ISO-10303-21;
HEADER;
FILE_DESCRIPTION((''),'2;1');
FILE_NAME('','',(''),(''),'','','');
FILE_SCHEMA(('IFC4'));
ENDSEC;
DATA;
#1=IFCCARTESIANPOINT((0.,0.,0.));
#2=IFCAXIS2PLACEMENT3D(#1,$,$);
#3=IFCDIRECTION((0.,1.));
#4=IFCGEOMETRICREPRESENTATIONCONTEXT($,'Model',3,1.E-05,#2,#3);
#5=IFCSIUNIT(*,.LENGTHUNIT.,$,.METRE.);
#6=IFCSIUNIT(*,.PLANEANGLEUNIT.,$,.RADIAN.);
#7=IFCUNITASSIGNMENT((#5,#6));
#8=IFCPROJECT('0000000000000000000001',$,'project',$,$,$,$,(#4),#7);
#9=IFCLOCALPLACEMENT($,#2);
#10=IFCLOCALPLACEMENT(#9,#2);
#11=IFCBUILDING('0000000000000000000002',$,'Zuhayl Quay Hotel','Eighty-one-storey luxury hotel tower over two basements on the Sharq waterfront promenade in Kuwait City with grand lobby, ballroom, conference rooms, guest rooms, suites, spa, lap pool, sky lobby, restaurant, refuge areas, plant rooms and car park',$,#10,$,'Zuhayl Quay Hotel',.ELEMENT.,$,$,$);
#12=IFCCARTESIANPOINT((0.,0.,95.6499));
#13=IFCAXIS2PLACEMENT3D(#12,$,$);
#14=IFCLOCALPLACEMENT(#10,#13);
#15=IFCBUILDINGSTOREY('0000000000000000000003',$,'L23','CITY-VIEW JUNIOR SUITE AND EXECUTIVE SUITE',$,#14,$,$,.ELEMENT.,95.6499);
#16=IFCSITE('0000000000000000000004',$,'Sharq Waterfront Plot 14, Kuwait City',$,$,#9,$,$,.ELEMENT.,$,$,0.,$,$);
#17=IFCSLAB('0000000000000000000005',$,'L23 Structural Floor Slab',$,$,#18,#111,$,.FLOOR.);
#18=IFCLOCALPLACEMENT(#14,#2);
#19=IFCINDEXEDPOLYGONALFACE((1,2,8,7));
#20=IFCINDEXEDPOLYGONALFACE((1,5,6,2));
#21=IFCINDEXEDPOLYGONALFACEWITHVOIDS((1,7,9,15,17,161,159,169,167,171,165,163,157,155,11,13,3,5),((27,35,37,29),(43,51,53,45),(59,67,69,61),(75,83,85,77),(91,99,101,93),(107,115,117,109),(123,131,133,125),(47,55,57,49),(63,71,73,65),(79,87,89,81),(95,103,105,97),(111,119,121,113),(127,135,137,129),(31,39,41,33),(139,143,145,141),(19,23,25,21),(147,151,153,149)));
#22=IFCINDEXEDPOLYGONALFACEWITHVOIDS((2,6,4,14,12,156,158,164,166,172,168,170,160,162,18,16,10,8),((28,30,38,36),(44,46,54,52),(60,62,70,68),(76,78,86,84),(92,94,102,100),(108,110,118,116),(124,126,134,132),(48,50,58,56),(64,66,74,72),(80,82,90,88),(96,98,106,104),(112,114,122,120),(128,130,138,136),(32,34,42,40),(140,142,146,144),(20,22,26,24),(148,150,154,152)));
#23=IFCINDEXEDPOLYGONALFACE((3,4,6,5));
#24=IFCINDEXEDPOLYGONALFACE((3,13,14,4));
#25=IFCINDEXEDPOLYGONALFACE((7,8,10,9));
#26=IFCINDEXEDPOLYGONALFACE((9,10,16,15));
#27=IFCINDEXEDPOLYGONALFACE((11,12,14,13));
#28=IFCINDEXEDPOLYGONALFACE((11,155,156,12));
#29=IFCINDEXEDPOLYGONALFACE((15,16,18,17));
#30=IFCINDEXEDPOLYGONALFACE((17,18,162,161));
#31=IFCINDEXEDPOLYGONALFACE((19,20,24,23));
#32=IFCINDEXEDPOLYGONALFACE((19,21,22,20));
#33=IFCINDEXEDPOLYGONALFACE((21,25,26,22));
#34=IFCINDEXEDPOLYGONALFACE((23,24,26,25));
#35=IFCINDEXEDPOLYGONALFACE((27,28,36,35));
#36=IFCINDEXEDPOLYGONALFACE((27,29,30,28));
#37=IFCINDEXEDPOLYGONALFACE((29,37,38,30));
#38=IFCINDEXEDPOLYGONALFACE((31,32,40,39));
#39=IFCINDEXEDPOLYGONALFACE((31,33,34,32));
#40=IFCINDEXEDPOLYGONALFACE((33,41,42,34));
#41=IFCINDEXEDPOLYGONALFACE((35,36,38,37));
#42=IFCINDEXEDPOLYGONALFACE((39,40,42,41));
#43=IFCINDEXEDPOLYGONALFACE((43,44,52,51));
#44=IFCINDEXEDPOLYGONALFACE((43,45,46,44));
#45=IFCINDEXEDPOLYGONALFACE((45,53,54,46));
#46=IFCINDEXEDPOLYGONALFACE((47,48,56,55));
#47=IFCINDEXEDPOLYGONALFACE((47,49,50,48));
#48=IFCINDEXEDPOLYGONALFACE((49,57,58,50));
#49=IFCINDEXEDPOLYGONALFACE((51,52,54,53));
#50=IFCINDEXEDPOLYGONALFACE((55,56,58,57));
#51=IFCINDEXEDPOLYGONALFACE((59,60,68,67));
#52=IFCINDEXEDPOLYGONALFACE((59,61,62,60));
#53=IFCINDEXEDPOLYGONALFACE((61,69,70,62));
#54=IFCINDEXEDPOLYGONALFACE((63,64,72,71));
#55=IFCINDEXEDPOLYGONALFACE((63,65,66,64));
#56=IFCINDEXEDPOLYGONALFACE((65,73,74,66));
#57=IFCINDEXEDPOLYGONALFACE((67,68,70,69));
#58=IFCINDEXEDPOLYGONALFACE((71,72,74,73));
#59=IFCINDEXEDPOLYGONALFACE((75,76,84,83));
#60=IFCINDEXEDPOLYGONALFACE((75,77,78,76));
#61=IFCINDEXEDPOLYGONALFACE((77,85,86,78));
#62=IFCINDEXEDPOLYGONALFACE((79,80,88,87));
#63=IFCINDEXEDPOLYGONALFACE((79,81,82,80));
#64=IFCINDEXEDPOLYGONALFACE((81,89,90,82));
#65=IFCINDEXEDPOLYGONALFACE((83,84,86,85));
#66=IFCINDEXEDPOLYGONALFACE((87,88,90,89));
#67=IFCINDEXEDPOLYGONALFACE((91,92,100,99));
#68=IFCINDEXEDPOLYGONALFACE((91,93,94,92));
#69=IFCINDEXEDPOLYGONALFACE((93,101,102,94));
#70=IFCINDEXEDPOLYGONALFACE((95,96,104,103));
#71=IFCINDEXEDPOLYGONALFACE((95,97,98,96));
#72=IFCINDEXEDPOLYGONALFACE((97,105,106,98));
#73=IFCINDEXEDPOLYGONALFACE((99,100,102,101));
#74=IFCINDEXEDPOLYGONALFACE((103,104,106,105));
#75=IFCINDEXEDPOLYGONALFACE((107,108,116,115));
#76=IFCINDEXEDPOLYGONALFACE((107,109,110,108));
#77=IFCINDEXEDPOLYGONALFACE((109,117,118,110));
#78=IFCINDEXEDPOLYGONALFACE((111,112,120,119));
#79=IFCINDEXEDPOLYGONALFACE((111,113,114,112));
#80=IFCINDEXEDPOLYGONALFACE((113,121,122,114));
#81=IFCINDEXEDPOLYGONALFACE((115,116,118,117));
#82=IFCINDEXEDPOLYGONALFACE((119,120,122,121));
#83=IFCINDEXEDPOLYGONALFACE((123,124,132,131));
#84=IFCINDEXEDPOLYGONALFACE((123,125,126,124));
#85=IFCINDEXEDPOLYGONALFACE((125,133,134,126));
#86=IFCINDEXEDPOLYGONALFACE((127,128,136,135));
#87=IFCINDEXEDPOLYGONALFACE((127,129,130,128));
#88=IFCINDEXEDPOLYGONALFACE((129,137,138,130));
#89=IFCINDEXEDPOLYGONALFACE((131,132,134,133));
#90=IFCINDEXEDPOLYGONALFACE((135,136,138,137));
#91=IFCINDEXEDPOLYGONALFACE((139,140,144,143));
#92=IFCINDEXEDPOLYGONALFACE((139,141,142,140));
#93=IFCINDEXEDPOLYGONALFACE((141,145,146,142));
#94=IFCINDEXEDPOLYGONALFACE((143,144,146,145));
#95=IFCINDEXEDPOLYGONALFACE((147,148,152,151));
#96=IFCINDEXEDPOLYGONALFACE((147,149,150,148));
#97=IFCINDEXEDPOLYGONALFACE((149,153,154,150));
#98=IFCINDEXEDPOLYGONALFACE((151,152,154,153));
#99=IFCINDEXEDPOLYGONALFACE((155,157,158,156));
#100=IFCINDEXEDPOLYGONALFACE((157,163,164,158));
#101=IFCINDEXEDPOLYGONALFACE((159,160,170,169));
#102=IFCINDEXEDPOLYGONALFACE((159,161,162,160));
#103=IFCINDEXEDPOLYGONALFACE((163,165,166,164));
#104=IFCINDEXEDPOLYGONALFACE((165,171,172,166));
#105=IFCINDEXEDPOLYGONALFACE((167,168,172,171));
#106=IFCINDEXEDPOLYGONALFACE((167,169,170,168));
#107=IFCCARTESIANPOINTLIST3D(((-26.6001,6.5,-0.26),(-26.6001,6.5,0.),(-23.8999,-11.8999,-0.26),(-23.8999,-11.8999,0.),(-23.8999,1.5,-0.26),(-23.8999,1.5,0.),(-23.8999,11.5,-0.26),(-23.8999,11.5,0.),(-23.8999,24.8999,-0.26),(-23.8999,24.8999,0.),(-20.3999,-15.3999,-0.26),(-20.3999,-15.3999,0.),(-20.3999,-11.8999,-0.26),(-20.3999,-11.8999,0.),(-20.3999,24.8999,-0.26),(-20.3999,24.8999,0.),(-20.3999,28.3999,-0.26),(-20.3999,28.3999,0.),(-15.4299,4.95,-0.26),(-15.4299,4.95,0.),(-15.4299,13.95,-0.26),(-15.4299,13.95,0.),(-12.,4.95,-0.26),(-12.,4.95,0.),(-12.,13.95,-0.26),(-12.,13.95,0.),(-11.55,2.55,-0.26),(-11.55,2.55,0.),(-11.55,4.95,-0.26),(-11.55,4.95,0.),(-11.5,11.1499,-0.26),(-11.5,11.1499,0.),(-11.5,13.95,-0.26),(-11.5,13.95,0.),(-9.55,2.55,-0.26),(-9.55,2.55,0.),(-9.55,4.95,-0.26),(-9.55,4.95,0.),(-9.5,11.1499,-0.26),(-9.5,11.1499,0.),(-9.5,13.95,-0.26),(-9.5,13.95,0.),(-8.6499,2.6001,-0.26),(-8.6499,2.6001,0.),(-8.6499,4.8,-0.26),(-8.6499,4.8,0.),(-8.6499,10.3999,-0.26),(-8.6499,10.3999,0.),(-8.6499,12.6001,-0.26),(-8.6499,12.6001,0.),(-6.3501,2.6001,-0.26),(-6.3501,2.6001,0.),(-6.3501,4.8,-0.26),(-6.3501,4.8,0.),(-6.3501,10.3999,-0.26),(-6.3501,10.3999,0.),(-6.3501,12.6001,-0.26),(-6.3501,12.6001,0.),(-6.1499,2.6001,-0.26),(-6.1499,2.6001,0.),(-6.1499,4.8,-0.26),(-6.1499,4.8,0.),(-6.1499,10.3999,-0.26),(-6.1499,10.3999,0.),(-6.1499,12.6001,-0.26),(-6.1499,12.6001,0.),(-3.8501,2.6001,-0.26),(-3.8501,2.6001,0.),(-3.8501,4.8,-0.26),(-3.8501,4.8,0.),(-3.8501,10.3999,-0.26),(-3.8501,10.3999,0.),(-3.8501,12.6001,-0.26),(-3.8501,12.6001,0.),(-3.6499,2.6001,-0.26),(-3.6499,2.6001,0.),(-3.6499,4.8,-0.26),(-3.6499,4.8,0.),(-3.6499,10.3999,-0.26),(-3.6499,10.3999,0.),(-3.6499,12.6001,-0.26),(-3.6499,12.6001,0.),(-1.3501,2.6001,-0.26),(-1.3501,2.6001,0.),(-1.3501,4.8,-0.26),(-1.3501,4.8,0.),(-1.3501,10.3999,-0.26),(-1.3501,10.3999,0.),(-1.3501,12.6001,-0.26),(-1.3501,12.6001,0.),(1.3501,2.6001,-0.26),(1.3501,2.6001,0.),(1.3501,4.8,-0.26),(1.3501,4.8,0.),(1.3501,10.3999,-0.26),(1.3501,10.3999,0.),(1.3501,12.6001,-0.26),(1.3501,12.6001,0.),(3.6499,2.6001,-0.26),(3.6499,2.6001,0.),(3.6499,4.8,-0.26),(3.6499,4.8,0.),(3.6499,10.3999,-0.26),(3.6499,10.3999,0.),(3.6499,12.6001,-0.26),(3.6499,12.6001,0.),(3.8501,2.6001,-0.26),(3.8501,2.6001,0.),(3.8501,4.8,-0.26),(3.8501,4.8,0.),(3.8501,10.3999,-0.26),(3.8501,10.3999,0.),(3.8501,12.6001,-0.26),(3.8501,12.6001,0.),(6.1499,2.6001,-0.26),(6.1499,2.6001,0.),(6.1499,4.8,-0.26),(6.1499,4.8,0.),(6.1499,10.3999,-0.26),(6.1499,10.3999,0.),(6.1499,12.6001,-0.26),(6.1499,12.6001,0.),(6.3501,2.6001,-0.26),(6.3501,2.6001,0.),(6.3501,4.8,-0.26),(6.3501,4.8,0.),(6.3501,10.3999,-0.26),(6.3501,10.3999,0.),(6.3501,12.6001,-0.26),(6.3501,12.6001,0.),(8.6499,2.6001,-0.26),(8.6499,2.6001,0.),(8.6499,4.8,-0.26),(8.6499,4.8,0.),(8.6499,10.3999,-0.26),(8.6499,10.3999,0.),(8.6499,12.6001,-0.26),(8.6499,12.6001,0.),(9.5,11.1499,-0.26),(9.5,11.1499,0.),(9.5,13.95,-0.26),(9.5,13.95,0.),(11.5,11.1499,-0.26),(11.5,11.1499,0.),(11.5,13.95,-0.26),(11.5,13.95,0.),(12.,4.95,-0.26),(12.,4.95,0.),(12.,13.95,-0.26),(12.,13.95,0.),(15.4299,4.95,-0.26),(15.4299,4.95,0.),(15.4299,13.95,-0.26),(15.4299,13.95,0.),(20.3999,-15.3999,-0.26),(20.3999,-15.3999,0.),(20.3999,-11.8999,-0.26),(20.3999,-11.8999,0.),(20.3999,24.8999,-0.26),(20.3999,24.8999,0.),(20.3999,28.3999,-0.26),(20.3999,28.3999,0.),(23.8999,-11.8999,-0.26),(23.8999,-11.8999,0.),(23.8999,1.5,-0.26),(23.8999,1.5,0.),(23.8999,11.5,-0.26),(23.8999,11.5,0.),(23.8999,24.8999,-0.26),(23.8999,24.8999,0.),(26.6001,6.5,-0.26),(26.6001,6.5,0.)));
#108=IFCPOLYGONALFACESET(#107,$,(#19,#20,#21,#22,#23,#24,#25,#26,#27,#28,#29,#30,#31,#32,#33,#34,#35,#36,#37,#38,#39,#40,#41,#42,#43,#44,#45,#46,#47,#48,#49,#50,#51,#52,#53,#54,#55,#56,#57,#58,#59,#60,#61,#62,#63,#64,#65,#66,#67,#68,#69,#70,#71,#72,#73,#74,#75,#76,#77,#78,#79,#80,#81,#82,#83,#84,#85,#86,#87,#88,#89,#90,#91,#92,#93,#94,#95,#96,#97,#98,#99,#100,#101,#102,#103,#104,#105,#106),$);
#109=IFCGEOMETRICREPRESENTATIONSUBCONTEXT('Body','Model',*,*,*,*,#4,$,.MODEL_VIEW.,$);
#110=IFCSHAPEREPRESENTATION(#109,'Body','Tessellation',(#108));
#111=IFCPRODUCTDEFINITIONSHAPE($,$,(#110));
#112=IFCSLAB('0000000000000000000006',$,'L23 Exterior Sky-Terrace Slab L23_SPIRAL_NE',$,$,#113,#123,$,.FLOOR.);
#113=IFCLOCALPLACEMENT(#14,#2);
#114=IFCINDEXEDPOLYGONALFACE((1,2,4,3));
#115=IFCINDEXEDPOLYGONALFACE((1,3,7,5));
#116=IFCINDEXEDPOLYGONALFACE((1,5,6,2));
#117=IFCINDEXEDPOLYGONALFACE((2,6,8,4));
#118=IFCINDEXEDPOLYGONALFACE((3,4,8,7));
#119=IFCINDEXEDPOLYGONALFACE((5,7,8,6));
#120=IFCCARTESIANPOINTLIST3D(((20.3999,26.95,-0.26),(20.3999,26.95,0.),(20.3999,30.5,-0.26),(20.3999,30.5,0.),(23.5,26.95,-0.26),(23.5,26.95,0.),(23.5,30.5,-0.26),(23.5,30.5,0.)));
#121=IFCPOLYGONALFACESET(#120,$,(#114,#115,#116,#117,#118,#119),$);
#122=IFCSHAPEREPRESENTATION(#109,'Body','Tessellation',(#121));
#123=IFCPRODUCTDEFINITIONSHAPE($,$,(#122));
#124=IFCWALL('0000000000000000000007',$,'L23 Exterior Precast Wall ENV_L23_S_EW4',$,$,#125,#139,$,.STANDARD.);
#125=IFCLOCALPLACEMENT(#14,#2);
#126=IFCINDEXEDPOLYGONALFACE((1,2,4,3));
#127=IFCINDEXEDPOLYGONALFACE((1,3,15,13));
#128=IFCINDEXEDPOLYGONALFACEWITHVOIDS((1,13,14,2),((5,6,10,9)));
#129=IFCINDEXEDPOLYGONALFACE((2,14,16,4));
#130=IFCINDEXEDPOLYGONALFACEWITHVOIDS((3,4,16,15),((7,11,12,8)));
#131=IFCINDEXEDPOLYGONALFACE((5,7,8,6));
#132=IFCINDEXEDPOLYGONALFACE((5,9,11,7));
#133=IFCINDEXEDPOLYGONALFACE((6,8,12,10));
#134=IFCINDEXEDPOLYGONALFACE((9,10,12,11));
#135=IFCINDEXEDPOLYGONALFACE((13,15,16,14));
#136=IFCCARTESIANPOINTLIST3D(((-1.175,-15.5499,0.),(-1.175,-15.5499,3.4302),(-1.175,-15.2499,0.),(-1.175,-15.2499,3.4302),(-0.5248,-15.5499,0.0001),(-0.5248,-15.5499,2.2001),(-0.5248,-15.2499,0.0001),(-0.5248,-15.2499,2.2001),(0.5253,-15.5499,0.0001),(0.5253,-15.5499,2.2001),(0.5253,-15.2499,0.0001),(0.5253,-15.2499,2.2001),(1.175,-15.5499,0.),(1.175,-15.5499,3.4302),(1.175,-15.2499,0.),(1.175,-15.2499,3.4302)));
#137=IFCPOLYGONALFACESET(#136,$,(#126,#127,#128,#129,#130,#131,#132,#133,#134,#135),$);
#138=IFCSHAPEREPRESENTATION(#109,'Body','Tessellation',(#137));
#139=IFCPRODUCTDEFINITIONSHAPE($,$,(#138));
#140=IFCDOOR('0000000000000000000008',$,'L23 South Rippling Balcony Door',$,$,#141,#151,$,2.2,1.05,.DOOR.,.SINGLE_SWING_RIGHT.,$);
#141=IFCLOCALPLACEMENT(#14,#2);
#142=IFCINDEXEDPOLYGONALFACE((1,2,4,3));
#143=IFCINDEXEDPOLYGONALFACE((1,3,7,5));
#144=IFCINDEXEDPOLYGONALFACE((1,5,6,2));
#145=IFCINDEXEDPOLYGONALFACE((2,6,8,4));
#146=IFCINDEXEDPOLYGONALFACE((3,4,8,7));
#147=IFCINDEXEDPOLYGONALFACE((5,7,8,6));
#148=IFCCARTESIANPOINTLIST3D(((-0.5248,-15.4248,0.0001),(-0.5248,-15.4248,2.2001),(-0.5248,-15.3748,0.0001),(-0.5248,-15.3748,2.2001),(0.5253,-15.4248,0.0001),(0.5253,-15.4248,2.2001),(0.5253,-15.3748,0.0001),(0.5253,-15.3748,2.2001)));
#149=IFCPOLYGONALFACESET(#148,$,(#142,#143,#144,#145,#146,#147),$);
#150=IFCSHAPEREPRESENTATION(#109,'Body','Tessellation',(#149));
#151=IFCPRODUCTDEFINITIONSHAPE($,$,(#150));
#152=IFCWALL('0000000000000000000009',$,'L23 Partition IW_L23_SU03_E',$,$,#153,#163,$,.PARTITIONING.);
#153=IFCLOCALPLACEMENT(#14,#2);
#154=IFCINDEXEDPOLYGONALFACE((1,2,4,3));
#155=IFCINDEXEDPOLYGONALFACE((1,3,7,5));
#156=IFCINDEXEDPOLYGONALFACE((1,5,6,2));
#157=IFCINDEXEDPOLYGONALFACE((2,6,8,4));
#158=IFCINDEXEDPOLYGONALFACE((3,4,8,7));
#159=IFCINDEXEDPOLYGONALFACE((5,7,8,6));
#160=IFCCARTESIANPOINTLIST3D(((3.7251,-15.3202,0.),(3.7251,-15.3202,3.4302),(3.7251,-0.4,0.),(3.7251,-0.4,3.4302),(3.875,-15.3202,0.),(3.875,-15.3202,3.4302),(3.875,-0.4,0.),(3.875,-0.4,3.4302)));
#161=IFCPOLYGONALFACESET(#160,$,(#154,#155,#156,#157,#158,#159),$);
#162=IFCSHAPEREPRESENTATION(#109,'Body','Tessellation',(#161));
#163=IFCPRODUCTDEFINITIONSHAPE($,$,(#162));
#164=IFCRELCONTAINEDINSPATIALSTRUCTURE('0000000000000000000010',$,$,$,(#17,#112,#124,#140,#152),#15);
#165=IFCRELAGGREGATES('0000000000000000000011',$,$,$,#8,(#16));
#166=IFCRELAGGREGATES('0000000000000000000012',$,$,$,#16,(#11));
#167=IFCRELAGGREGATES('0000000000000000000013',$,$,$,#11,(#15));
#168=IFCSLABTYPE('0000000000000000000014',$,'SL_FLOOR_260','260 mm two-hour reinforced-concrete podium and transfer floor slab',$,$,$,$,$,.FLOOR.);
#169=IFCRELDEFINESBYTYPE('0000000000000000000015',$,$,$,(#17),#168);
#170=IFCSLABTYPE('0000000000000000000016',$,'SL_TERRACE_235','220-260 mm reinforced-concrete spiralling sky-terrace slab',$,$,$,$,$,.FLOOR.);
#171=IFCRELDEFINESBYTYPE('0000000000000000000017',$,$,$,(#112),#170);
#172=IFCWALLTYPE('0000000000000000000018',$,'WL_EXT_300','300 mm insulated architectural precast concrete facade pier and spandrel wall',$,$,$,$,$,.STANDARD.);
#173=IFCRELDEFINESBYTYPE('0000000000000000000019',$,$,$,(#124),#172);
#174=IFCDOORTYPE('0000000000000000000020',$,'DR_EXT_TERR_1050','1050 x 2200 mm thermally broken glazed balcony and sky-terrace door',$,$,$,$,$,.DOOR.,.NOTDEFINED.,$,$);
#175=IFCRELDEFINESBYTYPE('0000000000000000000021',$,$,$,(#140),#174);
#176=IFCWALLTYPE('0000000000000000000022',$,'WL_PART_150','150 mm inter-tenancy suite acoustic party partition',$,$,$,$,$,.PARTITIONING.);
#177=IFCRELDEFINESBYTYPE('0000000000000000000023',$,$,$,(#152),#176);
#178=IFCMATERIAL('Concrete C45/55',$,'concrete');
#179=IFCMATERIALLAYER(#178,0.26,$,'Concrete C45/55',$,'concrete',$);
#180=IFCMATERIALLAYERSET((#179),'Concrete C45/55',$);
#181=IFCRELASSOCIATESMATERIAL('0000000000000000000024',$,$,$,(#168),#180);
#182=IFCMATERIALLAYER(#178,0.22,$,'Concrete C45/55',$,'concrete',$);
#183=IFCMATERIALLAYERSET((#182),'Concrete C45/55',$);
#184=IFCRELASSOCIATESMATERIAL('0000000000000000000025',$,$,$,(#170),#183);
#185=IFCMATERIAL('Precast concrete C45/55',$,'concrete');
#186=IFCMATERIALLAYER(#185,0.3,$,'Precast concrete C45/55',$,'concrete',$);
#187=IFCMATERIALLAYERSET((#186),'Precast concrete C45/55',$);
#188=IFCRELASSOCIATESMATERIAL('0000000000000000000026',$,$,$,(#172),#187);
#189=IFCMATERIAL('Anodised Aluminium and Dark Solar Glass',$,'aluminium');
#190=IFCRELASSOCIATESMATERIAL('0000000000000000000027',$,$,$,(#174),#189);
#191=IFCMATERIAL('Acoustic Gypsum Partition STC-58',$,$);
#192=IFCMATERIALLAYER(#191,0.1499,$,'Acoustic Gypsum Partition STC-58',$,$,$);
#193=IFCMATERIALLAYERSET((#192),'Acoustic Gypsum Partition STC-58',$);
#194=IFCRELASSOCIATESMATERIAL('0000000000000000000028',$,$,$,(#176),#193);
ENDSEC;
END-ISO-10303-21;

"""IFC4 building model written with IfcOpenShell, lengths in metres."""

from ifc_helpers import new_model, si_unit, direction, frame, frame_2d, origin, place, context, subcontext, project, spatial, polyline, rectangle, outline, extrude, material, layer, layer_set, type_object, element, fill, save


model = new_model("IFC4")

# Units and contexts
model_context = context("Model", 3, precision=1e-05, world=origin(), true_north=direction((0.0, 1.0)))
body_context = subcontext(model_context, "Body", "Model", "MODEL_VIEW")
ifc_project = project(units=[si_unit("LENGTHUNIT", "METRE"), si_unit("PLANEANGLEUNIT", "RADIAN")], contexts=[model_context])

# Site, building, storey
site_placement = place(None, origin())
site = spatial("IfcSite", under=ifc_project, at=site_placement, Name="Sharq Waterfront Plot 14, Kuwait City", CompositionType="ELEMENT", RefElevation=0.0)
building_placement = place(site_placement, origin())
building = spatial("IfcBuilding", under=site, at=building_placement, Name="Zuhayl Quay Hotel", Description="Eighty-one-storey luxury hotel tower over two basements on the Sharq waterfront promenade in Kuwait City with grand lobby, ballroom, conference rooms, guest rooms, suites, spa, lap pool, sky lobby, restaurant, refuge areas, plant rooms and car park", LongName="Zuhayl Quay Hotel", CompositionType="ELEMENT")
storey_placement = place(building_placement, frame((0.0, 0.0, 95.6499)))
storey = spatial("IfcBuildingStorey", under=building, at=storey_placement, Name="L23", Description="CITY-VIEW JUNIOR SUITE AND EXECUTIVE SUITE", CompositionType="ELEMENT", Elevation=95.6499)

# Slabs
ifc_material_1 = material(Name="Concrete C45/55", Category="concrete")
ifc_layer_1 = layer(ifc_material_1, 0.26, Name="Concrete C45/55", Category="concrete")
ifc_layer_set_1 = layer_set([ifc_layer_1], Name="Concrete C45/55")
slab_type_1 = type_object("IfcSlabType", Name="SL_FLOOR_260", Description="260 mm two-hour reinforced-concrete podium and transfer floor slab", PredefinedType="FLOOR", material=ifc_layer_set_1)
slab_1_placement = place(storey_placement, frame((0.0, 0.0, -0.26)))
element("IfcSlab", 1, at=slab_1_placement, inside=storey, type_object=slab_type_1, Name="L23 Structural Floor Slab", PredefinedType="FLOOR", context=body_context, shape_type="SweptSolid", body=[
    extrude(outline(polyline([(-20.3999, -15.3999), (20.3999, -15.3999), (20.3999, -11.8999), (23.8999, -11.8999), (23.8999, 1.5), (26.6001, 6.5), (23.8999, 11.5), (23.8999, 24.8999), (20.3999, 24.8999), (20.3999, 28.3999), (-20.3999, 28.3999), (-20.3999, 24.8999), (-23.8999, 24.8999), (-23.8999, 11.5), (-26.6001, 6.5), (-23.8999, 1.5), (-23.8999, -11.8999), (-20.3999, -11.8999), (-20.3999, -15.3999)]), holes=[polyline([(-12.0, 4.95), (-12.0, 13.95), (-15.4299, 13.95), (-15.4299, 4.95), (-12.0, 4.95)]), polyline([(15.4299, 4.95), (15.4299, 13.95), (12.0, 13.95), (12.0, 4.95), (15.4299, 4.95)]), polyline([(-11.5, 11.1499), (-9.5, 11.1499), (-9.5, 13.95), (-11.5, 13.95), (-11.5, 11.1499)]), polyline([(9.5, 11.1499), (11.5, 11.1499), (11.5, 13.95), (9.5, 13.95), (9.5, 11.1499)]), polyline([(-8.6499, 2.6001), (-6.3501, 2.6001), (-6.3501, 4.8), (-8.6499, 4.8), (-8.6499, 2.6001)]), polyline([(-6.1499, 2.6001), (-3.8501, 2.6001), (-3.8501, 4.8), (-6.1499, 4.8), (-6.1499, 2.6001)]), polyline([(-8.6499, 10.3999), (-6.3501, 10.3999), (-6.3501, 12.6001), (-8.6499, 12.6001), (-8.6499, 10.3999)]), polyline([(-6.1499, 10.3999), (-3.8501, 10.3999), (-3.8501, 12.6001), (-6.1499, 12.6001), (-6.1499, 10.3999)]), polyline([(-3.6499, 2.6001), (-1.3501, 2.6001), (-1.3501, 4.8), (-3.6499, 4.8), (-3.6499, 2.6001)]), polyline([(1.3501, 2.6001), (3.6499, 2.6001), (3.6499, 4.8), (1.3501, 4.8), (1.3501, 2.6001)]), polyline([(-3.6499, 10.3999), (-1.3501, 10.3999), (-1.3501, 12.6001), (-3.6499, 12.6001), (-3.6499, 10.3999)]), polyline([(1.3501, 10.3999), (3.6499, 10.3999), (3.6499, 12.6001), (1.3501, 12.6001), (1.3501, 10.3999)]), polyline([(3.8501, 2.6001), (6.1499, 2.6001), (6.1499, 4.8), (3.8501, 4.8), (3.8501, 2.6001)]), polyline([(6.3501, 2.6001), (8.6499, 2.6001), (8.6499, 4.8), (6.3501, 4.8), (6.3501, 2.6001)]), polyline([(3.8501, 10.3999), (6.1499, 10.3999), (6.1499, 12.6001), (3.8501, 12.6001), (3.8501, 10.3999)]), polyline([(6.3501, 10.3999), (8.6499, 10.3999), (8.6499, 12.6001), (6.3501, 12.6001), (6.3501, 10.3999)]), polyline([(-11.55, 2.55), (-9.55, 2.55), (-9.55, 4.95), (-11.55, 4.95), (-11.55, 2.55)])]), origin(), (0.0, 0.0, 1.0), 0.26),
])
ifc_layer_2 = layer(ifc_material_1, 0.22, Name="Concrete C45/55", Category="concrete")
ifc_layer_set_2 = layer_set([ifc_layer_2], Name="Concrete C45/55")
slab_type_2 = type_object("IfcSlabType", Name="SL_TERRACE_235", Description="220-260 mm reinforced-concrete spiralling sky-terrace slab", PredefinedType="FLOOR", material=ifc_layer_set_2)
slab_2_placement = place(storey_placement, frame((0.0, 0.0, -0.26)))
element("IfcSlab", 2, at=slab_2_placement, inside=storey, type_object=slab_type_2, Name="L23 Exterior Sky-Terrace Slab L23_SPIRAL_NE", PredefinedType="FLOOR", context=body_context, shape_type="SweptSolid", body=[
    extrude(outline(polyline([(20.3999, 26.95), (23.5, 26.95), (23.5, 30.5), (20.3999, 30.5), (20.3999, 26.95)])), origin(), (0.0, 0.0, 1.0), 0.26),
])

# Wall, opening, door
ifc_material_2 = material(Name="Precast concrete C45/55", Category="concrete")
ifc_layer_3 = layer(ifc_material_2, 0.3, Name="Precast concrete C45/55", Category="concrete")
ifc_layer_set_3 = layer_set([ifc_layer_3], Name="Precast concrete C45/55")
wall_type_1 = type_object("IfcWallType", Name="WL_EXT_300", Description="300 mm insulated architectural precast concrete facade pier and spandrel wall", PredefinedType="STANDARD", material=ifc_layer_set_3)
wall_1_placement = place(storey_placement, frame((1.175, -15.3999, 0.0), z_axis=(0.0, 0.0, 1.0), x_axis=(-1.0, 0.0, 0.0)))
wall_1 = element("IfcWall", 3, at=wall_1_placement, inside=storey, type_object=wall_type_1, Name="L23 Exterior Precast Wall ENV_L23_S_EW4", PredefinedType="STANDARD", context=body_context, shape_type="SweptSolid", body=[
    extrude(rectangle(XDim=2.3501, YDim=0.3, at=frame_2d((1.175, 0.0))), origin(), (0.0, 0.0, 1.0), 3.4302),
])
opening_1_placement = place(wall_1_placement, frame((0.6499, 0.0, 0.0)))
opening_1 = element("IfcOpeningElement", 4, at=opening_1_placement, cuts=wall_1, PredefinedType="OPENING", context=body_context, shape_type="SweptSolid", body=[
    extrude(rectangle(XDim=1.05, YDim=2.2, at=frame_2d((0.5249, 1.1001))), frame((0.0, 0.1599, 0.0), z_axis=(0.0, -1.0, 0.0), x_axis=(1.0, 0.0, 0.0)), (0.0, 0.0, 1.0), 0.3201),
])
ifc_material_3 = material(Name="Anodised Aluminium and Dark Solar Glass", Category="aluminium")
door_type_1 = type_object("IfcDoorType", Name="DR_EXT_TERR_1050", Description="1050 x 2200 mm thermally broken glazed balcony and sky-terrace door", OperationType="NOTDEFINED", PredefinedType="DOOR", material=ifc_material_3)
door_1_placement = place(opening_1_placement, origin())
door_1 = element("IfcDoor", 5, at=door_1_placement, inside=storey, type_object=door_type_1, Name="L23 South Rippling Balcony Door", OperationType="SINGLE_SWING_RIGHT", OverallHeight=2.2, OverallWidth=1.05, PredefinedType="DOOR", context=body_context, shape_type="SweptSolid", body=[
    extrude(rectangle(XDim=1.05, YDim=2.2, at=frame_2d((0.5249, 1.1001))), frame((0.0, 0.0249, 0.0), z_axis=(0.0, -1.0, 0.0), x_axis=(1.0, 0.0, 0.0)), (0.0, 0.0, 1.0), 0.05),
])
fill(opening_1, door_1)

# Wall
ifc_material_4 = material(Name="Acoustic Gypsum Partition STC-58")
ifc_layer_4 = layer(ifc_material_4, 0.1499, Name="Acoustic Gypsum Partition STC-58")
ifc_layer_set_4 = layer_set([ifc_layer_4], Name="Acoustic Gypsum Partition STC-58")
wall_type_2 = type_object("IfcWallType", Name="WL_PART_150", Description="150 mm inter-tenancy suite acoustic party partition", PredefinedType="PARTITIONING", material=ifc_layer_set_4)
wall_2_placement = place(storey_placement, frame((3.8, -15.3201, 0.0), z_axis=(0.0, 0.0, 1.0), x_axis=(0.0, 1.0, 0.0)))
element("IfcWall", 6, at=wall_2_placement, inside=storey, type_object=wall_type_2, Name="L23 Partition IW_L23_SU03_E", PredefinedType="PARTITIONING", context=body_context, shape_type="SweptSolid", body=[
    extrude(rectangle(XDim=14.9202, YDim=0.1499, at=frame_2d((7.46, 0.0))), origin(), (0.0, 0.0, 1.0), 3.4302),
])

save(model, "model.ifc")
